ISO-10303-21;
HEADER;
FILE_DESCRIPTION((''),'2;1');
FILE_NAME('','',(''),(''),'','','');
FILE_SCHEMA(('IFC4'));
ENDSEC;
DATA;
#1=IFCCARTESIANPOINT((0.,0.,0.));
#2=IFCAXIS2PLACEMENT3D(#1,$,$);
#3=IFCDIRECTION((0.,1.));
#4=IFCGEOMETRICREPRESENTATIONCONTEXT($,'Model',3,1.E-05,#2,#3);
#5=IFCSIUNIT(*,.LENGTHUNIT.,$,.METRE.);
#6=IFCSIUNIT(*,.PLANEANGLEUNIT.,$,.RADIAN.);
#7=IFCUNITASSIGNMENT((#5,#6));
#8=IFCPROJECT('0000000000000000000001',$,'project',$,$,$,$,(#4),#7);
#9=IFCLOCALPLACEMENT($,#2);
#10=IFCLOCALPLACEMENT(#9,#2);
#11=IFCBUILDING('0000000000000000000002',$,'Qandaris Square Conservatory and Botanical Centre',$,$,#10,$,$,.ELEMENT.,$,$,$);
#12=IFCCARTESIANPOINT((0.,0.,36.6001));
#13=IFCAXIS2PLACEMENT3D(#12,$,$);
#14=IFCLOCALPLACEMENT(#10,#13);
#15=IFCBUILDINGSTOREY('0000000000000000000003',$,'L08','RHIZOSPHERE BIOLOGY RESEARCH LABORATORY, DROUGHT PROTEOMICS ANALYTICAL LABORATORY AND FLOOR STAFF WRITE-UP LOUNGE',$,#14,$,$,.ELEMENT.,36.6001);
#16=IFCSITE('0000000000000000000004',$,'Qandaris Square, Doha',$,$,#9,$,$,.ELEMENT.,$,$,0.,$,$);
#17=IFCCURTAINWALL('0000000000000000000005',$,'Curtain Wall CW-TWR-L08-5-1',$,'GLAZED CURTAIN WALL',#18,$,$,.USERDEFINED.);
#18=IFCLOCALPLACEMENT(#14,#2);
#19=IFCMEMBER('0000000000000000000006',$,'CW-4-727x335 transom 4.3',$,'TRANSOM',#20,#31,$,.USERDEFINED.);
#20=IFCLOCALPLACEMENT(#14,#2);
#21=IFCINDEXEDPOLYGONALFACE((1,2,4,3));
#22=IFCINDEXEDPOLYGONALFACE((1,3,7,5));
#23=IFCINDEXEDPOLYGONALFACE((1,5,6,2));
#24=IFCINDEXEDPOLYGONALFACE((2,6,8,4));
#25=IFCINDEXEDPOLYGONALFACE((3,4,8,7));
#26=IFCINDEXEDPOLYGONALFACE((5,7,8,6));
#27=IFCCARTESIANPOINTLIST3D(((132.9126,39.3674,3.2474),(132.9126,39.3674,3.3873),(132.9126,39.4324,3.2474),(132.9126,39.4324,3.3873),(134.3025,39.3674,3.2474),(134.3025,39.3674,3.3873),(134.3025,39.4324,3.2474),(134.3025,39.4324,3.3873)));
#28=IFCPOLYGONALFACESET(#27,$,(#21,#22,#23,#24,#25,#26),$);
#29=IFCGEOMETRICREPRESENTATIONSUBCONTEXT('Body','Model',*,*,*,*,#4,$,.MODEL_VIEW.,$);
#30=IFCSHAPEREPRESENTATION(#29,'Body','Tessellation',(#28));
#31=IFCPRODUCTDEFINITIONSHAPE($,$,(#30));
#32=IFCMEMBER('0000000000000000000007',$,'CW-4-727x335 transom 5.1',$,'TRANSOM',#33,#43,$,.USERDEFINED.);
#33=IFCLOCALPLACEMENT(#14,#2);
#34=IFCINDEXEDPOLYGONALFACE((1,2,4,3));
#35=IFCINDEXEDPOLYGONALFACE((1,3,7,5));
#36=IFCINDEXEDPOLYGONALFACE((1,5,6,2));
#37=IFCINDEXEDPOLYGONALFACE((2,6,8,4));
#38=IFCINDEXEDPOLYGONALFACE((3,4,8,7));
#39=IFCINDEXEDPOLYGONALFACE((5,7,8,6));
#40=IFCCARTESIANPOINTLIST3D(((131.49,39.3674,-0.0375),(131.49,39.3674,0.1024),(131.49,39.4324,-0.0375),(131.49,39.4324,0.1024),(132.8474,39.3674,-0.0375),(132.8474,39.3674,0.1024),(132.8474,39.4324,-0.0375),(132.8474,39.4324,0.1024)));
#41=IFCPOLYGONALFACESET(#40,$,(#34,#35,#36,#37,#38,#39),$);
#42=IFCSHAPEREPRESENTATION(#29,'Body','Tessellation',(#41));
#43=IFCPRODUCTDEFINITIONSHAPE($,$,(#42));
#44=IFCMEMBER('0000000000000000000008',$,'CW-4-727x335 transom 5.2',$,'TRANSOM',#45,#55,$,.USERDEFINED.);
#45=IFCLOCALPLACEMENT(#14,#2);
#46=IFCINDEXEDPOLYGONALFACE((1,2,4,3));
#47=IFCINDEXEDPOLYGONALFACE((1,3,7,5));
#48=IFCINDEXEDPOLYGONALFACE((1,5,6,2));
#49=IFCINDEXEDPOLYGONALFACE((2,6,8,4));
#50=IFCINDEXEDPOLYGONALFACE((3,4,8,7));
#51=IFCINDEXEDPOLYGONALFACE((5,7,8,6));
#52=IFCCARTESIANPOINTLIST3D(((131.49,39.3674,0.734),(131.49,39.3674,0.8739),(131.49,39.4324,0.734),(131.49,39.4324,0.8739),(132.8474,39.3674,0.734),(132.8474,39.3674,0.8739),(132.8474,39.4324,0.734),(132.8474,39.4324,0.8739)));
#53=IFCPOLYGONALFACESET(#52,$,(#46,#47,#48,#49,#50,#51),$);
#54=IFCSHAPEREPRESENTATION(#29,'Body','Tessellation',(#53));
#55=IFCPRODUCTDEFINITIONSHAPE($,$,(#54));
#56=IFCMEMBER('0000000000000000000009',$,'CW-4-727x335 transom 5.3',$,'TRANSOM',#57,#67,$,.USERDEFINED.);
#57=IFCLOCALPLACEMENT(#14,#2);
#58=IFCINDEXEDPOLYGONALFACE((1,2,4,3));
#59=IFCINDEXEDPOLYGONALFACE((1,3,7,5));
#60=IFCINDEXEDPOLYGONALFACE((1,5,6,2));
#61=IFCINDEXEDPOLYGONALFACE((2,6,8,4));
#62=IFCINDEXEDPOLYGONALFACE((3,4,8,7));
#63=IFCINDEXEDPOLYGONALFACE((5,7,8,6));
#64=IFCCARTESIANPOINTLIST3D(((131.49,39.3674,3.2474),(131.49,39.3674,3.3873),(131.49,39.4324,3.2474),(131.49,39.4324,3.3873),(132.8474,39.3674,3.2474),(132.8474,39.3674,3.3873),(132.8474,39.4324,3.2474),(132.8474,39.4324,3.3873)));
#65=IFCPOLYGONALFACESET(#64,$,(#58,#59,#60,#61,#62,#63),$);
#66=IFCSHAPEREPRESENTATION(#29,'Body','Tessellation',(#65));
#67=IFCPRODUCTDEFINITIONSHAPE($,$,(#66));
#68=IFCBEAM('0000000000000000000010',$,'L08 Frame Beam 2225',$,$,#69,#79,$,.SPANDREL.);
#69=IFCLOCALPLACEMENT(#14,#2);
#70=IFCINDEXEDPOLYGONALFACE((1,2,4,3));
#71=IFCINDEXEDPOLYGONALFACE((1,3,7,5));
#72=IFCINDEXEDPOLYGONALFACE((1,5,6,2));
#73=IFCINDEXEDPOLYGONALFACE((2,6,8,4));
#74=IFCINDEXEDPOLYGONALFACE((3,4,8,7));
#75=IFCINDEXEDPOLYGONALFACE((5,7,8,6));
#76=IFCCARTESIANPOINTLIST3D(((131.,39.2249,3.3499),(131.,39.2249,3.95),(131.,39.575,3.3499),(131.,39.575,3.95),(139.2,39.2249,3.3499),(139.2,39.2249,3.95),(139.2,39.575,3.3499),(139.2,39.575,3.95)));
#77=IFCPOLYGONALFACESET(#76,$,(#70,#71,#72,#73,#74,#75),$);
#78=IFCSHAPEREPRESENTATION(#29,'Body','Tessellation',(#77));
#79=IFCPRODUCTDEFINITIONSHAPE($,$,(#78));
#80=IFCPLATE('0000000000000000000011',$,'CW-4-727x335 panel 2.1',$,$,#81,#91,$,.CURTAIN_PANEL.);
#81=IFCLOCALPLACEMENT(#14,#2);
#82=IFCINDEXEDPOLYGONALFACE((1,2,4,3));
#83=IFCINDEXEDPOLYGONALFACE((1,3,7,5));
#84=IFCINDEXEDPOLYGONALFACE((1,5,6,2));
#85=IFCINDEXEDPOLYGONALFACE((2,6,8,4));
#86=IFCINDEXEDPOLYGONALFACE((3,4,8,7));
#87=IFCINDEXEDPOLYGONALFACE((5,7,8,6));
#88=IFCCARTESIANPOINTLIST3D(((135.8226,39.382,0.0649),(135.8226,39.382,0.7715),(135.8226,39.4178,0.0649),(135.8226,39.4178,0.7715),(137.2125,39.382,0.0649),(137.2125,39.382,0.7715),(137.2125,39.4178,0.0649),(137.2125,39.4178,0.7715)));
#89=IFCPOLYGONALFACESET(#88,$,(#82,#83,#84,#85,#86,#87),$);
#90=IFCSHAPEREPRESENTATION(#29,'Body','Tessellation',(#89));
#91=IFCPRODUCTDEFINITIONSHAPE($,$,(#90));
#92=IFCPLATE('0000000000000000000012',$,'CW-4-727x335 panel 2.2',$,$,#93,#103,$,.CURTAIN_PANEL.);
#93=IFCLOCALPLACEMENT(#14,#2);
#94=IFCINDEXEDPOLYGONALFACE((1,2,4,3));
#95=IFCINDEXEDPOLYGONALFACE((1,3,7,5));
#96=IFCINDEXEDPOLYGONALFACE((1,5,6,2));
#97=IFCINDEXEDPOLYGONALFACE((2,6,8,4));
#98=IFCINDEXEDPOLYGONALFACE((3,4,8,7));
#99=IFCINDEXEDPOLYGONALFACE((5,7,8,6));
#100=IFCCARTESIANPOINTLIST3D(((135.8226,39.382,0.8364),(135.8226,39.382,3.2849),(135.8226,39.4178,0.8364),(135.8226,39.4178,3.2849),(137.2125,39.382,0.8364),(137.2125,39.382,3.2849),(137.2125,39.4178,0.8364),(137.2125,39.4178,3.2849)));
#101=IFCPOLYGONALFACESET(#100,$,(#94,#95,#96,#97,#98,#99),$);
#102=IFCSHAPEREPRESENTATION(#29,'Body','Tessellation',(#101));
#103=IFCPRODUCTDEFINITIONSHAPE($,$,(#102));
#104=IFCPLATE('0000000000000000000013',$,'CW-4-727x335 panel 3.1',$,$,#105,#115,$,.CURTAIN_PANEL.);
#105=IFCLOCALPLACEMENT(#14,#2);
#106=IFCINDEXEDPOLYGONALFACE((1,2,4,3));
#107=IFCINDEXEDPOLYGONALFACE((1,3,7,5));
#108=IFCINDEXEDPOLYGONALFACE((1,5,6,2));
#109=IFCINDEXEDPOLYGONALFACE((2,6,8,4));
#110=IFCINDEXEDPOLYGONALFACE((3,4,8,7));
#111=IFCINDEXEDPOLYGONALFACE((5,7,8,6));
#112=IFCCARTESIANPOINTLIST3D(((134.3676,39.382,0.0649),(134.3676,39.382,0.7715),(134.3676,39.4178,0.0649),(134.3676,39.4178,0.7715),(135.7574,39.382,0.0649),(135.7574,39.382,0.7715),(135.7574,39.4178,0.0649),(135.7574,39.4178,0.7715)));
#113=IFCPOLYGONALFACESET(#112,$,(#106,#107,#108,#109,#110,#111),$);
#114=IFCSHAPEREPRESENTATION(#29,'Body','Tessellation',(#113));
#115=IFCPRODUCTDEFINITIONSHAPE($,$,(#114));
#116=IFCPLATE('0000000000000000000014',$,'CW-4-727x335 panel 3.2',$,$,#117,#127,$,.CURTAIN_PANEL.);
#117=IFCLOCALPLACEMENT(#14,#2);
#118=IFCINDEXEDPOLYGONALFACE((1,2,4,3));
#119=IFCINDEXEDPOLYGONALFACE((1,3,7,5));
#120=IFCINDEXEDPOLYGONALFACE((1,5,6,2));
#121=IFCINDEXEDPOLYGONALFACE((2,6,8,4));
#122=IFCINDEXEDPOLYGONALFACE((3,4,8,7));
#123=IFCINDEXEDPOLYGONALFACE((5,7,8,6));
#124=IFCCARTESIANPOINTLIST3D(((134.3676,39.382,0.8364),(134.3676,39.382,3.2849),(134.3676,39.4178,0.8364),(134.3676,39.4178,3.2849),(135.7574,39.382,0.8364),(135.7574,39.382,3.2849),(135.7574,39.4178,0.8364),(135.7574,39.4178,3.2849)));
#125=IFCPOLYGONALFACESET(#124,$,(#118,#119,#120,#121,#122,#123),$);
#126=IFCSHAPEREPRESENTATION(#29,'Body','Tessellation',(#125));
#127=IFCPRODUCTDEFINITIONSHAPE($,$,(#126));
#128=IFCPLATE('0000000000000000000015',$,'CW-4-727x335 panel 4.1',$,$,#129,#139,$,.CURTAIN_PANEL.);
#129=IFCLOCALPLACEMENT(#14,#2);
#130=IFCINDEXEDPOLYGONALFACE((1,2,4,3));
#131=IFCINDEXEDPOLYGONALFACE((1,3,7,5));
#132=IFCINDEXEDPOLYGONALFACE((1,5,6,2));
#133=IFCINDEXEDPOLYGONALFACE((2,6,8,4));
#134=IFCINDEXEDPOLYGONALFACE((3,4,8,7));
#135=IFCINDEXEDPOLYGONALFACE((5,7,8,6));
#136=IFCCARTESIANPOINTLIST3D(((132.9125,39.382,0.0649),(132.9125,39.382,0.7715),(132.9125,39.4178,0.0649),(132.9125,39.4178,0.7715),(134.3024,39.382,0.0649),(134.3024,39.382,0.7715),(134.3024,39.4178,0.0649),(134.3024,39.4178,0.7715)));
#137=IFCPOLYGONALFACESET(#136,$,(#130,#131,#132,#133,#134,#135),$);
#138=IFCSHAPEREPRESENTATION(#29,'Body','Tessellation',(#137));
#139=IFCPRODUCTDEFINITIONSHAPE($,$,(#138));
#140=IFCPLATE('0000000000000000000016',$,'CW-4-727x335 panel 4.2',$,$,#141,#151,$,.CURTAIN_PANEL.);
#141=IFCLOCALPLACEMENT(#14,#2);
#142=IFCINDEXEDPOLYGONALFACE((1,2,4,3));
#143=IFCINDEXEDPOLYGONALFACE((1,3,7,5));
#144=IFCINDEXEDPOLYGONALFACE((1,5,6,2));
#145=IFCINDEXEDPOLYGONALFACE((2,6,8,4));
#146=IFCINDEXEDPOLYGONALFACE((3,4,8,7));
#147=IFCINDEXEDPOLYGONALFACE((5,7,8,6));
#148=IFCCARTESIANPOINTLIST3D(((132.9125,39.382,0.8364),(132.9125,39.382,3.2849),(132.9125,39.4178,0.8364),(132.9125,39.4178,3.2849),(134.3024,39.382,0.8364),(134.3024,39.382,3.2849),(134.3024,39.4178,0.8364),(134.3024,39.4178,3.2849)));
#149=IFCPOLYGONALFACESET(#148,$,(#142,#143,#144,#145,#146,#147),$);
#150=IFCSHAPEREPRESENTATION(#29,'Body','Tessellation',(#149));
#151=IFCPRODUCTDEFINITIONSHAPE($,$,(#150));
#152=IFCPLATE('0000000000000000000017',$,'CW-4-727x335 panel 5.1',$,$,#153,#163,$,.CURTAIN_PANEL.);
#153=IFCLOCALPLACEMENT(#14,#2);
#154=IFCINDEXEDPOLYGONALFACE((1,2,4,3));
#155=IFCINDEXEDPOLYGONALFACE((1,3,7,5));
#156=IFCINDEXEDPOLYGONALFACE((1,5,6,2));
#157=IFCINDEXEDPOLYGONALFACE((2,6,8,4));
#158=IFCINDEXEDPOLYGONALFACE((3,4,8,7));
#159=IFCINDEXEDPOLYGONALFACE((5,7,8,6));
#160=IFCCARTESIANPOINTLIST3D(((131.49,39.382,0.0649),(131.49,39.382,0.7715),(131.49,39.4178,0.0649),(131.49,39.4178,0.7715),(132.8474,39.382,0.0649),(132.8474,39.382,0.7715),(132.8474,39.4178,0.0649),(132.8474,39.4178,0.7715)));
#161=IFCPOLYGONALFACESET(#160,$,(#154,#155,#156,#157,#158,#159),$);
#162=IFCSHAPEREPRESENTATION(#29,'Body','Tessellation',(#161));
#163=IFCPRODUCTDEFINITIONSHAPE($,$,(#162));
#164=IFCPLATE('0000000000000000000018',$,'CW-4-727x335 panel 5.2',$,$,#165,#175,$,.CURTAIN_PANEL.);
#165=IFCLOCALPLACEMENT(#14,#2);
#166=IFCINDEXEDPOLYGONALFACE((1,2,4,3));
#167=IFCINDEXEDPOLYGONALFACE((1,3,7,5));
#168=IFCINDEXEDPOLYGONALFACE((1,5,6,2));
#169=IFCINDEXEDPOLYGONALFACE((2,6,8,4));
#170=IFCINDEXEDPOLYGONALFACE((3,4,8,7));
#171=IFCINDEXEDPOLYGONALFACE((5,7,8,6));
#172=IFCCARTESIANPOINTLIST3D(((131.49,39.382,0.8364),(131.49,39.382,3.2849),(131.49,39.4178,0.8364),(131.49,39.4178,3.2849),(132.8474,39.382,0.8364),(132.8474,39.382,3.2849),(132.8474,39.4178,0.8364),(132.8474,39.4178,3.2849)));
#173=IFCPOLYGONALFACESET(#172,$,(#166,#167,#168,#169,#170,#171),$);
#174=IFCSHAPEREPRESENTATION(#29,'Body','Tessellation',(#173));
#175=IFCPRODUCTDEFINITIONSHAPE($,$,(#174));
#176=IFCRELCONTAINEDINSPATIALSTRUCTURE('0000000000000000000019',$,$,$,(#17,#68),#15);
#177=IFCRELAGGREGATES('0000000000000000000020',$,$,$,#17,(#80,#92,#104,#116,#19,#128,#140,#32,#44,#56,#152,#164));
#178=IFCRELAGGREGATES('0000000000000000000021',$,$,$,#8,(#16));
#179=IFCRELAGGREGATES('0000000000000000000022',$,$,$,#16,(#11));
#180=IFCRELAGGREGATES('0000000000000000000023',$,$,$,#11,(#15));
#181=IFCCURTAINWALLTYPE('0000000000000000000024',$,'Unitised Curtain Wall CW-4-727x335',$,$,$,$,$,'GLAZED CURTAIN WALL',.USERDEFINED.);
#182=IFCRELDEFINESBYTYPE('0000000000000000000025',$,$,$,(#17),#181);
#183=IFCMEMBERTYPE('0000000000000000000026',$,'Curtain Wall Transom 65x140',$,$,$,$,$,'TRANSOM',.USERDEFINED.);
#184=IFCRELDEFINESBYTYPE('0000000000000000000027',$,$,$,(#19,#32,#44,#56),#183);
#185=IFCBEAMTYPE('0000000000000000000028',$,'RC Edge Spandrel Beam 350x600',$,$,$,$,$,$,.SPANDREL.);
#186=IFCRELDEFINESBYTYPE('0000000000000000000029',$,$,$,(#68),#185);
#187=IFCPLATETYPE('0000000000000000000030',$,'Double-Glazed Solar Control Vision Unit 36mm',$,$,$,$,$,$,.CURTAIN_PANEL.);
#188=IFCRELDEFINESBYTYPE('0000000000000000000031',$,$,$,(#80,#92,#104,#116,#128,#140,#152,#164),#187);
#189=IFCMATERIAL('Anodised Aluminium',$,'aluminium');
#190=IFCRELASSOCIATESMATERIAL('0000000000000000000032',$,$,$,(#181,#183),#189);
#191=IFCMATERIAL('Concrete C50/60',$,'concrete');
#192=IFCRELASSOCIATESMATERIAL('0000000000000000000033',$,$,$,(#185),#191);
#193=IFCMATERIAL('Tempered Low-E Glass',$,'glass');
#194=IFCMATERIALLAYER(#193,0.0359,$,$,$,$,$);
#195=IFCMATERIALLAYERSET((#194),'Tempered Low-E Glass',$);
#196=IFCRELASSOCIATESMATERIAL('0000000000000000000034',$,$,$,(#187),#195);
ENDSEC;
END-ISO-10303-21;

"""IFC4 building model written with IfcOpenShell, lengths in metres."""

from ifc_helpers import new_model, si_unit, direction, frame, origin, origin_2d, place, context, subcontext, project, spatial, rectangle, extrude, material, layer, layer_set, material_profile, profile_set, type_object, element, aggregate, save


model = new_model("IFC4")

# Units and contexts
model_context = context("Model", 3, precision=1e-05, world=origin(), true_north=direction((0.0, 1.0)))
body_context = subcontext(model_context, "Body", "Model", "MODEL_VIEW")
ifc_project = project(units=[si_unit("LENGTHUNIT", "METRE"), si_unit("PLANEANGLEUNIT", "RADIAN")], contexts=[model_context])

# Site, building, storey
site_placement = place(None, origin())
site = spatial("IfcSite", under=ifc_project, at=site_placement, Name="Qandaris Square, Doha", CompositionType="ELEMENT", RefElevation=0.0)
building_placement = place(site_placement, origin())
building = spatial("IfcBuilding", under=site, at=building_placement, Name="Qandaris Square Conservatory and Botanical Centre", CompositionType="ELEMENT")
storey_placement = place(building_placement, frame((0.0, 0.0, 36.6001)))
storey = spatial("IfcBuildingStorey", under=building, at=storey_placement, Name="L08", Description="RHIZOSPHERE BIOLOGY RESEARCH LABORATORY, DROUGHT PROTEOMICS ANALYTICAL LABORATORY AND FLOOR STAFF WRITE-UP LOUNGE", CompositionType="ELEMENT", Elevation=36.6001)

# Shared definitions
ifc_material_1 = material(Name="Concrete C50/60", Category="concrete")

# Curtain wall, members
ifc_material_2 = material(Name="Anodised Aluminium", Category="aluminium")
curtain_wall_type = type_object("IfcCurtainWallType", Name="Unitised Curtain Wall CW-4-727x335", ElementType="GLAZED CURTAIN WALL", PredefinedType="USERDEFINED", material=ifc_material_2)
curtain_wall_placement = place(storey_placement, origin())
curtain_wall = element("IfcCurtainWall", 1, at=curtain_wall_placement, inside=storey, type_object=curtain_wall_type, Name="Curtain Wall CW-TWR-L08-5-1", ObjectType="GLAZED CURTAIN WALL", PredefinedType="USERDEFINED")
ifc_material_profile_1 = material_profile(ifc_material_2, rectangle(XDim=0.0649, YDim=0.1399, at=origin_2d()), Name="ALU-TRN 65x140")
ifc_profile_set_1 = profile_set([ifc_material_profile_1], Name="Anodised Aluminium")
member_type_1 = type_object("IfcMemberType", Name="Curtain Wall Transom 65x140", ElementType="TRANSOM", PredefinedType="USERDEFINED", material=ifc_profile_set_1)
member_1_placement = place(storey_placement, frame((134.3025, 39.3999, 3.3174), z_axis=(-1.0, 0.0, 0.0), x_axis=(0.0, -1.0, 0.0)))
member_1 = element("IfcMember", 2, at=member_1_placement, type_object=member_type_1, Name="CW-4-727x335 transom 4.3", ObjectType="TRANSOM", PredefinedType="USERDEFINED", context=body_context, shape_type="SweptSolid", body=[
    extrude(rectangle(XDim=0.0649, YDim=0.1399, at=origin_2d()), origin(), (0.0, 0.0, 1.0), 1.3899),
])
member_2_placement = place(storey_placement, frame((132.8474, 39.3999, 0.0325), z_axis=(-1.0, 0.0, 0.0), x_axis=(0.0, -1.0, 0.0)))
member_2 = element("IfcMember", 3, at=member_2_placement, type_object=member_type_1, Name="CW-4-727x335 transom 5.1", ObjectType="TRANSOM", PredefinedType="USERDEFINED", context=body_context, shape_type="SweptSolid", body=[
    extrude(rectangle(XDim=0.0649, YDim=0.1399, at=origin_2d()), origin(), (0.0, 0.0, 1.0), 1.3574),
])
member_3_placement = place(storey_placement, frame((132.8474, 39.3999, 0.804), z_axis=(-1.0, 0.0, 0.0), x_axis=(0.0, -1.0, 0.0)))
member_3 = element("IfcMember", 4, at=member_3_placement, type_object=member_type_1, Name="CW-4-727x335 transom 5.2", ObjectType="TRANSOM", PredefinedType="USERDEFINED", context=body_context, shape_type="SweptSolid", body=[
    extrude(rectangle(XDim=0.0649, YDim=0.1399, at=origin_2d()), origin(), (0.0, 0.0, 1.0), 1.3574),
])
member_4_placement = place(storey_placement, frame((132.8474, 39.3999, 3.3174), z_axis=(-1.0, 0.0, 0.0), x_axis=(0.0, -1.0, 0.0)))
member_4 = element("IfcMember", 5, at=member_4_placement, type_object=member_type_1, Name="CW-4-727x335 transom 5.3", ObjectType="TRANSOM", PredefinedType="USERDEFINED", context=body_context, shape_type="SweptSolid", body=[
    extrude(rectangle(XDim=0.0649, YDim=0.1399, at=origin_2d()), origin(), (0.0, 0.0, 1.0), 1.3574),
])

# Beam
ifc_material_profile_2 = material_profile(ifc_material_1, rectangle(XDim=0.3501, YDim=0.6001, at=origin_2d()), Name="RC-SP 350x600")
ifc_profile_set_2 = profile_set([ifc_material_profile_2], Name="Concrete C50/60")
beam_type = type_object("IfcBeamType", Name="RC Edge Spandrel Beam 350x600", PredefinedType="SPANDREL", material=ifc_profile_set_2)
beam_placement = place(storey_placement, frame((131.0, 39.3999, 3.6499), z_axis=(1.0, 0.0, 0.0), x_axis=(0.0, 1.0, 0.0)))
element("IfcBeam", 6, at=beam_placement, inside=storey, type_object=beam_type, Name="L08 Frame Beam 2225", PredefinedType="SPANDREL", context=body_context, shape_type="SweptSolid", body=[
    extrude(rectangle(XDim=0.3501, YDim=0.6001, at=origin_2d()), origin(), (0.0, 0.0, 1.0), 8.2),
])

# Plates
ifc_material_3 = material(Name="Tempered Low-E Glass", Category="glass")
ifc_layer_1 = layer(ifc_material_3, 0.0359)
ifc_layer_set_1 = layer_set([ifc_layer_1], Name="Tempered Low-E Glass")
plate_type = type_object("IfcPlateType", Name="Double-Glazed Solar Control Vision Unit 36mm", PredefinedType="CURTAIN_PANEL", material=ifc_layer_set_1)
plate_1_placement = place(storey_placement, frame((136.5176, 39.3999, 0.0649), z_axis=(0.0, 0.0, 1.0), x_axis=(-1.0, 0.0, 0.0)))
plate_1 = element("IfcPlate", 7, at=plate_1_placement, type_object=plate_type, Name="CW-4-727x335 panel 2.1", PredefinedType="CURTAIN_PANEL", context=body_context, shape_type="SweptSolid", body=[
    extrude(rectangle(XDim=1.3899, YDim=0.0359, at=origin_2d()), origin(), (0.0, 0.0, 1.0), 0.7065),
])
plate_2_placement = place(storey_placement, frame((136.5176, 39.3999, 0.8364), z_axis=(0.0, 0.0, 1.0), x_axis=(-1.0, 0.0, 0.0)))
plate_2 = element("IfcPlate", 8, at=plate_2_placement, type_object=plate_type, Name="CW-4-727x335 panel 2.2", PredefinedType="CURTAIN_PANEL", context=body_context, shape_type="SweptSolid", body=[
    extrude(rectangle(XDim=1.3899, YDim=0.0359, at=origin_2d()), origin(), (0.0, 0.0, 1.0), 2.4485),
])
plate_3_placement = place(storey_placement, frame((135.0625, 39.3999, 0.0649), z_axis=(0.0, 0.0, 1.0), x_axis=(-1.0, 0.0, 0.0)))
plate_3 = element("IfcPlate", 9, at=plate_3_placement, type_object=plate_type, Name="CW-4-727x335 panel 3.1", PredefinedType="CURTAIN_PANEL", context=body_context, shape_type="SweptSolid", body=[
    extrude(rectangle(XDim=1.3899, YDim=0.0359, at=origin_2d()), origin(), (0.0, 0.0, 1.0), 0.7065),
])
plate_4_placement = place(storey_placement, frame((135.0625, 39.3999, 0.8364), z_axis=(0.0, 0.0, 1.0), x_axis=(-1.0, 0.0, 0.0)))
plate_4 = element("IfcPlate", 10, at=plate_4_placement, type_object=plate_type, Name="CW-4-727x335 panel 3.2", PredefinedType="CURTAIN_PANEL", context=body_context, shape_type="SweptSolid", body=[
    extrude(rectangle(XDim=1.3899, YDim=0.0359, at=origin_2d()), origin(), (0.0, 0.0, 1.0), 2.4485),
])
plate_5_placement = place(storey_placement, frame((133.6074, 39.3999, 0.0649), z_axis=(0.0, 0.0, 1.0), x_axis=(-1.0, 0.0, 0.0)))
plate_5 = element("IfcPlate", 11, at=plate_5_placement, type_object=plate_type, Name="CW-4-727x335 panel 4.1", PredefinedType="CURTAIN_PANEL", context=body_context, shape_type="SweptSolid", body=[
    extrude(rectangle(XDim=1.3899, YDim=0.0359, at=origin_2d()), origin(), (0.0, 0.0, 1.0), 0.7065),
])
plate_6_placement = place(storey_placement, frame((133.6074, 39.3999, 0.8364), z_axis=(0.0, 0.0, 1.0), x_axis=(-1.0, 0.0, 0.0)))
plate_6 = element("IfcPlate", 12, at=plate_6_placement, type_object=plate_type, Name="CW-4-727x335 panel 4.2", PredefinedType="CURTAIN_PANEL", context=body_context, shape_type="SweptSolid", body=[
    extrude(rectangle(XDim=1.3899, YDim=0.0359, at=origin_2d()), origin(), (0.0, 0.0, 1.0), 2.4485),
])
plate_7_placement = place(storey_placement, frame((132.1687, 39.3999, 0.0649), z_axis=(0.0, 0.0, 1.0), x_axis=(-1.0, 0.0, 0.0)))
plate_7 = element("IfcPlate", 13, at=plate_7_placement, type_object=plate_type, Name="CW-4-727x335 panel 5.1", PredefinedType="CURTAIN_PANEL", context=body_context, shape_type="SweptSolid", body=[
    extrude(rectangle(XDim=1.3574, YDim=0.0359, at=origin_2d()), origin(), (0.0, 0.0, 1.0), 0.7065),
])
plate_8_placement = place(storey_placement, frame((132.1687, 39.3999, 0.8364), z_axis=(0.0, 0.0, 1.0), x_axis=(-1.0, 0.0, 0.0)))
plate_8 = element("IfcPlate", 14, at=plate_8_placement, type_object=plate_type, Name="CW-4-727x335 panel 5.2", PredefinedType="CURTAIN_PANEL", context=body_context, shape_type="SweptSolid", body=[
    extrude(rectangle(XDim=1.3574, YDim=0.0359, at=origin_2d()), origin(), (0.0, 0.0, 1.0), 2.4485),
])
aggregate(curtain_wall, [plate_1, plate_2, plate_3, plate_4, member_1, plate_5, plate_6, member_2, member_3, member_4, plate_7, plate_8])

save(model, "model.ifc")
